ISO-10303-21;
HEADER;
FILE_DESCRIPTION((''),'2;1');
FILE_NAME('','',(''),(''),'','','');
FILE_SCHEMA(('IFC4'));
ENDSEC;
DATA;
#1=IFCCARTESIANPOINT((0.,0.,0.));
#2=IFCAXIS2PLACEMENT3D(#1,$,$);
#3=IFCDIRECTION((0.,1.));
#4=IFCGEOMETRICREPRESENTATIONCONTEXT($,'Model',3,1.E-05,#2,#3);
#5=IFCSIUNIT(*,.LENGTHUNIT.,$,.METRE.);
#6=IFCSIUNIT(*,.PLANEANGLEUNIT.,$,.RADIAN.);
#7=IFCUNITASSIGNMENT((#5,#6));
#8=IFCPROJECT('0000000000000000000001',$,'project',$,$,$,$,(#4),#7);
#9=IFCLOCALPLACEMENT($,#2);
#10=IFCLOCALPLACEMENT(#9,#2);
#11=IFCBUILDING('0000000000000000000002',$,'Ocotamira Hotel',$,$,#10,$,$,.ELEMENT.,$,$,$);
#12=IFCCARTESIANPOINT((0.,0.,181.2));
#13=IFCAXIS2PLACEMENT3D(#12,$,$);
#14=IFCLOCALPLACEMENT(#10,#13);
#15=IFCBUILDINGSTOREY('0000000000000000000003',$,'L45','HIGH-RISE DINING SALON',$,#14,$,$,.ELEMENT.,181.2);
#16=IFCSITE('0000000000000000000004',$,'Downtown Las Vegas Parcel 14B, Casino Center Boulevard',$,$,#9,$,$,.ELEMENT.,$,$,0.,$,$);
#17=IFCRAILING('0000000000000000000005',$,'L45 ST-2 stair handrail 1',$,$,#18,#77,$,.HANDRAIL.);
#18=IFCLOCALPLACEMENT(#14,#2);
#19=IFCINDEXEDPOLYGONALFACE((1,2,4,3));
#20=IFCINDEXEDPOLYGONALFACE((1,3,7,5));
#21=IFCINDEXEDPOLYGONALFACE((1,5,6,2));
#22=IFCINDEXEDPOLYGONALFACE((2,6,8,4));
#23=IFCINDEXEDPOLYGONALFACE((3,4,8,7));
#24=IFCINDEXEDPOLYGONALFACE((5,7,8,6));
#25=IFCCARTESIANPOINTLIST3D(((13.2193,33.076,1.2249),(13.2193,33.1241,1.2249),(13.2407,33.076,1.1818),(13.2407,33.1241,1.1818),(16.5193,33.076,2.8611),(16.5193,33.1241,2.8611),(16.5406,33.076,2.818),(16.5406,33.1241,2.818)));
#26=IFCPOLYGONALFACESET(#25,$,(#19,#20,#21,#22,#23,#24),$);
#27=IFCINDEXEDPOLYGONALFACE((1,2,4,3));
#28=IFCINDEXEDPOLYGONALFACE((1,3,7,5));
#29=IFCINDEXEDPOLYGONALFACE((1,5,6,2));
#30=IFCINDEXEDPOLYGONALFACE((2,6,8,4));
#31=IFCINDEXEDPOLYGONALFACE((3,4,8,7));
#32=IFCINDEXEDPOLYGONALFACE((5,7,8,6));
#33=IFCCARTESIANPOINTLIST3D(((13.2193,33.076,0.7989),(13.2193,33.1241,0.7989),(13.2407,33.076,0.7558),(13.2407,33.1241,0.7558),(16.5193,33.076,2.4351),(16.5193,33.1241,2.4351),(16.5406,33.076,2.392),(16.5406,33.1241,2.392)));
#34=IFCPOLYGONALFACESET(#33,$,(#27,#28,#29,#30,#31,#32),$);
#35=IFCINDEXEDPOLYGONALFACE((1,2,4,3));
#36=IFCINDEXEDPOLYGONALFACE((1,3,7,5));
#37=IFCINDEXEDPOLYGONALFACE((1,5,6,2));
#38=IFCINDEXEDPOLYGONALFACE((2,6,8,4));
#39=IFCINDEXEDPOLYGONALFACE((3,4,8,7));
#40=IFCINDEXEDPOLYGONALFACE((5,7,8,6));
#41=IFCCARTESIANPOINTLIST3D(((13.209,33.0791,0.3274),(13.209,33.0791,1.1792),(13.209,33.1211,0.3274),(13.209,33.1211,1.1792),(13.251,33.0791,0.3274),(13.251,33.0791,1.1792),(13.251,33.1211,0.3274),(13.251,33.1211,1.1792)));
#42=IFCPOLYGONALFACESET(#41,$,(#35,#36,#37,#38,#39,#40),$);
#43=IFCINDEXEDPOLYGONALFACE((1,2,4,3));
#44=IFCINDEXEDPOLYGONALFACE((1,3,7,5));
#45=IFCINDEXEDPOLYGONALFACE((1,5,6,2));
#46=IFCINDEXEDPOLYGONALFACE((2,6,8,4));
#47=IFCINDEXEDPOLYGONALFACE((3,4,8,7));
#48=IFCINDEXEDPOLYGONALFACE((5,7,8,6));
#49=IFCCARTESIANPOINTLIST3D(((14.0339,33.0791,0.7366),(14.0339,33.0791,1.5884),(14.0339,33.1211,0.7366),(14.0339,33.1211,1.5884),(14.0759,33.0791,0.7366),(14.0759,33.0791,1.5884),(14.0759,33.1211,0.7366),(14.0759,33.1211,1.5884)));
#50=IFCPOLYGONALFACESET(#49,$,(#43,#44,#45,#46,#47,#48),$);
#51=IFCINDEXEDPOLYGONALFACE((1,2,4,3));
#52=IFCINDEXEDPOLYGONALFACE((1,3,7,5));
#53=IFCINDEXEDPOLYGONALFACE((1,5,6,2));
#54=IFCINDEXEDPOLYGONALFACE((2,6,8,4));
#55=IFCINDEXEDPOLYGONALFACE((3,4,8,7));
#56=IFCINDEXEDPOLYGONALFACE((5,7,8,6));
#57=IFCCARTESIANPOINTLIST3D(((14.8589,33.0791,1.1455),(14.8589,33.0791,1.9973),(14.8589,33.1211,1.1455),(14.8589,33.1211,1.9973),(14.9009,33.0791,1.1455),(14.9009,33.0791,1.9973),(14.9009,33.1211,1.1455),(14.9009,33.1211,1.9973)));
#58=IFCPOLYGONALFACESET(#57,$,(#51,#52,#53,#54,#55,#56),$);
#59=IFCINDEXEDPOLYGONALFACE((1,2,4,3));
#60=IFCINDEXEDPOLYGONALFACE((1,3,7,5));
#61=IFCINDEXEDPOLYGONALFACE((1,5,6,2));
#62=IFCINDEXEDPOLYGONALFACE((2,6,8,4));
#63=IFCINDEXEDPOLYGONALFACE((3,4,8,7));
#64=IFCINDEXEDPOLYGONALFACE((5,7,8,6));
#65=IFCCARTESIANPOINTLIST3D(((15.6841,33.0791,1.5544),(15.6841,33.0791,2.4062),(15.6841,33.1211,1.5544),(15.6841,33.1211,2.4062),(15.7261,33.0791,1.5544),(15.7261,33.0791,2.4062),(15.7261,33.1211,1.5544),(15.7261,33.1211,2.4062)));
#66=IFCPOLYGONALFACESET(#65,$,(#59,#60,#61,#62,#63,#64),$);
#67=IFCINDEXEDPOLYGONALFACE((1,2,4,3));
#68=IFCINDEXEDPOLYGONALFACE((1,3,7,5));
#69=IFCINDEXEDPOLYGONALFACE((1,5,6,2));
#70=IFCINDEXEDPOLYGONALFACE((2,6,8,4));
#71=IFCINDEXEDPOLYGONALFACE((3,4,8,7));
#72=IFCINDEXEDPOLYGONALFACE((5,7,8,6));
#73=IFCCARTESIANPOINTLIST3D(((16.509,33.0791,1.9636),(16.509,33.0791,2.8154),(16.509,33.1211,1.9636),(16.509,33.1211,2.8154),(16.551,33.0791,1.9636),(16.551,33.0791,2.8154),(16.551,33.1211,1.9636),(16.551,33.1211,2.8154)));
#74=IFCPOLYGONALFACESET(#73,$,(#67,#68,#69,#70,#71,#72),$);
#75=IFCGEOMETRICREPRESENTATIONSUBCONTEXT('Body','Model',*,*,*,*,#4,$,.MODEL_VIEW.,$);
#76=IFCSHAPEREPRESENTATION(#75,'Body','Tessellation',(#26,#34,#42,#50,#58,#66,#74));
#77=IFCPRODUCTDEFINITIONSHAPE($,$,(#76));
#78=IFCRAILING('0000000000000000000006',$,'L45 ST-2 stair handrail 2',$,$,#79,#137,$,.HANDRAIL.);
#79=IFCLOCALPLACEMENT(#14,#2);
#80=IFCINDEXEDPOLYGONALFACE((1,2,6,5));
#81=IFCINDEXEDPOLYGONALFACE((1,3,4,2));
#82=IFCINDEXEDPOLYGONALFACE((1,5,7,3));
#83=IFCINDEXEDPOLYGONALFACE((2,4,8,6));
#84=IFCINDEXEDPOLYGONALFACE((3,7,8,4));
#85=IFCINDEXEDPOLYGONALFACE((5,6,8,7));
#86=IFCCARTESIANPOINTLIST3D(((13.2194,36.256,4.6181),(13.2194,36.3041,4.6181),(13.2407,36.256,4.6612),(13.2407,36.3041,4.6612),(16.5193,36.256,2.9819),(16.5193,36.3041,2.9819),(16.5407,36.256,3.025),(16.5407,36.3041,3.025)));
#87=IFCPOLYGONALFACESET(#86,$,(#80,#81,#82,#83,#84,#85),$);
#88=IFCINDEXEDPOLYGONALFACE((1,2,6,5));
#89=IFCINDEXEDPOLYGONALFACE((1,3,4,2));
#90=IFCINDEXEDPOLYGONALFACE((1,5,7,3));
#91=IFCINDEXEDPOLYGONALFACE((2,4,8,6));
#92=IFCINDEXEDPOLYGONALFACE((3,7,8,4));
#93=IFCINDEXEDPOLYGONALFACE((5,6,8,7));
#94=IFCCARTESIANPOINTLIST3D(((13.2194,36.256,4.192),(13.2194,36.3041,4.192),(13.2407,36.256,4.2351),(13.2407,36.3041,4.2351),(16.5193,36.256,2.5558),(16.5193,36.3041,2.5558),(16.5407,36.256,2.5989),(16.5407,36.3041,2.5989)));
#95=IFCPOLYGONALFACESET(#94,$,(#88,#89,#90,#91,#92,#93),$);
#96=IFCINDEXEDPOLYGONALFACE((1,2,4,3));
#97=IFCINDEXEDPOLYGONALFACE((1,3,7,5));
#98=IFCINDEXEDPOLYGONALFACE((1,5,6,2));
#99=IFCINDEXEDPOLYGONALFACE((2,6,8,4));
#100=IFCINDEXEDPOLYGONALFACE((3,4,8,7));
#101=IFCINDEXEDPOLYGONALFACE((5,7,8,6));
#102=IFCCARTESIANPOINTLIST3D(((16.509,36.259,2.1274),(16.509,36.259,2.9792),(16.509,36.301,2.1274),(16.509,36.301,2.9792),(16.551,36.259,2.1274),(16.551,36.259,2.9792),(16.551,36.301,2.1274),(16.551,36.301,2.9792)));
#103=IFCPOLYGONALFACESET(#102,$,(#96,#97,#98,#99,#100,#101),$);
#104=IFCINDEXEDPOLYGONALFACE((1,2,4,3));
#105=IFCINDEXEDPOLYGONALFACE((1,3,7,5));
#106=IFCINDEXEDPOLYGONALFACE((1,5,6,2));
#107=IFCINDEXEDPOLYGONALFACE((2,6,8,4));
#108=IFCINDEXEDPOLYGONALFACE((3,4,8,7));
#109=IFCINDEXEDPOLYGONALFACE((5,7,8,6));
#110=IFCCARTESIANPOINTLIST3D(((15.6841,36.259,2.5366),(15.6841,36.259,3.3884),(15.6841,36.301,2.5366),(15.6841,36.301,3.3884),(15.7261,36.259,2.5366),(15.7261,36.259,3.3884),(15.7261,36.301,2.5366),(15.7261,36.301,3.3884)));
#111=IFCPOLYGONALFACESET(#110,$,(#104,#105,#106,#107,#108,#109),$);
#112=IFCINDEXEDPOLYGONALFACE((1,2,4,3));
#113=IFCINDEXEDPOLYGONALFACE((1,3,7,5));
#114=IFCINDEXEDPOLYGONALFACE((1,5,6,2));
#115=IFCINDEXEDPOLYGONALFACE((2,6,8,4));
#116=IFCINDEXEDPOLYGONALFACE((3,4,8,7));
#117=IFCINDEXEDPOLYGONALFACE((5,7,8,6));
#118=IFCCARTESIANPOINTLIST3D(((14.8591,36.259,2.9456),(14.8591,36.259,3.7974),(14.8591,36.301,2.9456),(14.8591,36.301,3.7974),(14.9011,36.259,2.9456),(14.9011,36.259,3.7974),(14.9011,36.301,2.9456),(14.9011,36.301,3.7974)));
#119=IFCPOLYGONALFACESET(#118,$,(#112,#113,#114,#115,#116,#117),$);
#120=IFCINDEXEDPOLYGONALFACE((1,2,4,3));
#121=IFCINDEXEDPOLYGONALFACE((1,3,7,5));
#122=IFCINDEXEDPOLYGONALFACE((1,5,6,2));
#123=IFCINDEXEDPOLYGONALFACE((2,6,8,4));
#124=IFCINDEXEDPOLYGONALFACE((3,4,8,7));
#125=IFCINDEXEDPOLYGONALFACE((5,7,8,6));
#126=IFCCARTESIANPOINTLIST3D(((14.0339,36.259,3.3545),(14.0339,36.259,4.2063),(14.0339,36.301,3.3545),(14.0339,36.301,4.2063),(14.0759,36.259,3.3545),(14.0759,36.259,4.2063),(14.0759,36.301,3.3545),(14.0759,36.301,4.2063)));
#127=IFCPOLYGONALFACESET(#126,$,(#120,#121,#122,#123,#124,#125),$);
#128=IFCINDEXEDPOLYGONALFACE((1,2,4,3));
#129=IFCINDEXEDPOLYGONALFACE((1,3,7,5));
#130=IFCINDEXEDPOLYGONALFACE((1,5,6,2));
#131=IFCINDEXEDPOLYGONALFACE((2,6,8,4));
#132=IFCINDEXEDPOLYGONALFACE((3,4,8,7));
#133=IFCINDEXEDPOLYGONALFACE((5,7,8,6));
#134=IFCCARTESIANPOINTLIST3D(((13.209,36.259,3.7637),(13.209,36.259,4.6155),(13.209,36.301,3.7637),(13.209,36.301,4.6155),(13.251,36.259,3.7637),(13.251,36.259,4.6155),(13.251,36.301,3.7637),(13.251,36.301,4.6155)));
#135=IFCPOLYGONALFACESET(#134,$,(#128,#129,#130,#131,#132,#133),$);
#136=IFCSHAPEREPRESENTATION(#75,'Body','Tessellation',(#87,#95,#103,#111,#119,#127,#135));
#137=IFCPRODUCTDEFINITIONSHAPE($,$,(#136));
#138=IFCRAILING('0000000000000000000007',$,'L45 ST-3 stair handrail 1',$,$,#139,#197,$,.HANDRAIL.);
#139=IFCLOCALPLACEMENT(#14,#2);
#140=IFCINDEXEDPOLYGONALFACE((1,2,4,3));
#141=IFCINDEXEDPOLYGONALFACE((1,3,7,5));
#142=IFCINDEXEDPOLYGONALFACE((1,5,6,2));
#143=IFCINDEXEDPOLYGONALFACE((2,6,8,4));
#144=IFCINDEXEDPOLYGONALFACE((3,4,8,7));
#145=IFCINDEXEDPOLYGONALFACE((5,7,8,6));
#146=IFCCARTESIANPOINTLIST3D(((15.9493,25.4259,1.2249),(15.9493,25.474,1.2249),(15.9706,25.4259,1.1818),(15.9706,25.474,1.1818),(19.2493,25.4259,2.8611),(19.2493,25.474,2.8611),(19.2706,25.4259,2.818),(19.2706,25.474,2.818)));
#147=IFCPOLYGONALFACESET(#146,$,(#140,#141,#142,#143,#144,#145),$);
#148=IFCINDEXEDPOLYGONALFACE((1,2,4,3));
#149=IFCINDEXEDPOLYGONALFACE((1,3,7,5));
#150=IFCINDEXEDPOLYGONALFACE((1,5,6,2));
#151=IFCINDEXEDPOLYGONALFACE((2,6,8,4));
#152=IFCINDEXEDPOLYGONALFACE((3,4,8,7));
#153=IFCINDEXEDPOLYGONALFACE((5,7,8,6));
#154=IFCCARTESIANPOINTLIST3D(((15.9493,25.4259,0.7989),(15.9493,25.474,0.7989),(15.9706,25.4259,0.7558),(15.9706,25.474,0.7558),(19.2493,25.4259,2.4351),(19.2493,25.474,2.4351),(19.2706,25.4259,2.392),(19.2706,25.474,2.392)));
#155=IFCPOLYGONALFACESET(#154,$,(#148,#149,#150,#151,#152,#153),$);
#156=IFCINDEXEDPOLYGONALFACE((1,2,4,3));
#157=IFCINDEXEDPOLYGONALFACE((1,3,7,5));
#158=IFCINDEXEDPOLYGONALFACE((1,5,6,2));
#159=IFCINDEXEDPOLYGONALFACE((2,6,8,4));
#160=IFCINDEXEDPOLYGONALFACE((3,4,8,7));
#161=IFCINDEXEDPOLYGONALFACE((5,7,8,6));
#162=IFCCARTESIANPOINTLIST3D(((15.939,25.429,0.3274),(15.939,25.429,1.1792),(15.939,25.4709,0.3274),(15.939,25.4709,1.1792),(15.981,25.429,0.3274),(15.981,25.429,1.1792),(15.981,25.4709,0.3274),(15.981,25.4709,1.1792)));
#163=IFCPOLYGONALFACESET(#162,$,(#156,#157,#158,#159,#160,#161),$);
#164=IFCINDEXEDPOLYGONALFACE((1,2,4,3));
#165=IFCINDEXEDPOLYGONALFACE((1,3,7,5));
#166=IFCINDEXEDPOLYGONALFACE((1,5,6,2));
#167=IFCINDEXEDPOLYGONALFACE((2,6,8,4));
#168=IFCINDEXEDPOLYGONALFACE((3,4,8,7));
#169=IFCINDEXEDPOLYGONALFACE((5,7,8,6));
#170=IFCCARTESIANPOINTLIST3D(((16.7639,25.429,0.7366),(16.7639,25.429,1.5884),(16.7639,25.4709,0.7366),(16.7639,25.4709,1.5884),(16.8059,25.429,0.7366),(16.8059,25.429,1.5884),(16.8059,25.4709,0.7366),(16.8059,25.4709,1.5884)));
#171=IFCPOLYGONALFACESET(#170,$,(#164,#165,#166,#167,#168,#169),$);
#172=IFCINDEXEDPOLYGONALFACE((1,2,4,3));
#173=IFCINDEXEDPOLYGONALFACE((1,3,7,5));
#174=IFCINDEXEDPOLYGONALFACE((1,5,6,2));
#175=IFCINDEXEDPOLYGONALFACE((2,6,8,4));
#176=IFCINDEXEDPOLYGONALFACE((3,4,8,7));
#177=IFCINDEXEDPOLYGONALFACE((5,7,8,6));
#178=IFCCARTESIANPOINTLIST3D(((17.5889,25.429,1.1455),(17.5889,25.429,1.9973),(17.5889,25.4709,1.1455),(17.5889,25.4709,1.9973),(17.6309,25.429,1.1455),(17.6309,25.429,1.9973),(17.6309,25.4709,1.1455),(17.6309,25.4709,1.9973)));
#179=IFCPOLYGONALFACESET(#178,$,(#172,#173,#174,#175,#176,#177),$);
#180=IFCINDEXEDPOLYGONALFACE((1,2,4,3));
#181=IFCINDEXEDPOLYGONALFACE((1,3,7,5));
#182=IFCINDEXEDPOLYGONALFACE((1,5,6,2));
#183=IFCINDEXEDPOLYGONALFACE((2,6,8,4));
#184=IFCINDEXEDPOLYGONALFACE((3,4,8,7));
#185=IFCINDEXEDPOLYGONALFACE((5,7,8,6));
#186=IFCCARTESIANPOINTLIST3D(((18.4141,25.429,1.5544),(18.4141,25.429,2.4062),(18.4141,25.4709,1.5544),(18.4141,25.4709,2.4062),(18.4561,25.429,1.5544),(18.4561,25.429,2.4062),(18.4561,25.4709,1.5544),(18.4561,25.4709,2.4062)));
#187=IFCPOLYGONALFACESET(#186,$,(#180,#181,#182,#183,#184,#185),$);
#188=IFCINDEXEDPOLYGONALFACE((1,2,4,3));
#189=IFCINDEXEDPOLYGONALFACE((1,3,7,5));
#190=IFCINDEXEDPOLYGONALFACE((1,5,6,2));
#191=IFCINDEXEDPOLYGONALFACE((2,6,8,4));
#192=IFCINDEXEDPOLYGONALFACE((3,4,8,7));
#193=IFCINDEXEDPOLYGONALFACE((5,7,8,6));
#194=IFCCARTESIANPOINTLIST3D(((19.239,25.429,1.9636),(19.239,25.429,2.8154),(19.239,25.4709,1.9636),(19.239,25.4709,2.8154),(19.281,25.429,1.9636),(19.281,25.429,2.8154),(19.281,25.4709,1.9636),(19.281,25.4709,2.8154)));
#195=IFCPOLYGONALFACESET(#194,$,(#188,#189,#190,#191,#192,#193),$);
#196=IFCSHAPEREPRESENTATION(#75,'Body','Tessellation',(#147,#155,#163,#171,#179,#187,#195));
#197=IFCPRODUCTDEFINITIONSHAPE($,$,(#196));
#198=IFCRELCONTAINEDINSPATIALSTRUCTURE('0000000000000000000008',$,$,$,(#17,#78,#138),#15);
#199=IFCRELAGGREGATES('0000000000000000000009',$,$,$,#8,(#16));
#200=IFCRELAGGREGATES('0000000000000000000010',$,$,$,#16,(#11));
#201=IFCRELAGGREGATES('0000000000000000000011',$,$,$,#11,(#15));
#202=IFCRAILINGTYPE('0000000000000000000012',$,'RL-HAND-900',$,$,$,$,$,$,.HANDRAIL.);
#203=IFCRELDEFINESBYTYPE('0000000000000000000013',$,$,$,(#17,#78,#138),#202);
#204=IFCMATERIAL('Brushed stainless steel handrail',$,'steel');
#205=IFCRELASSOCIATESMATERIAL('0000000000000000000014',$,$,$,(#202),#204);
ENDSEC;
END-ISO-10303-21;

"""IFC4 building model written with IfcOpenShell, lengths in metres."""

from ifc_helpers import new_model, si_unit, direction, frame, origin, origin_2d, place, context, subcontext, project, spatial, rectangle, extrude, material, type_object, element, save


model = new_model("IFC4")

# Units and contexts
model_context = context("Model", 3, precision=1e-05, world=origin(), true_north=direction((0.0, 1.0)))
body_context = subcontext(model_context, "Body", "Model", "MODEL_VIEW")
ifc_project = project(units=[si_unit("LENGTHUNIT", "METRE"), si_unit("PLANEANGLEUNIT", "RADIAN")], contexts=[model_context])

# Site, building, storey
site_placement = place(None, origin())
site = spatial("IfcSite", under=ifc_project, at=site_placement, Name="Downtown Las Vegas Parcel 14B, Casino Center Boulevard", CompositionType="ELEMENT", RefElevation=0.0)
building_placement = place(site_placement, origin())
building = spatial("IfcBuilding", under=site, at=building_placement, Name="Ocotamira Hotel", CompositionType="ELEMENT")
storey_placement = place(building_placement, frame((0.0, 0.0, 181.2)))
storey = spatial("IfcBuildingStorey", under=building, at=storey_placement, Name="L45", Description="HIGH-RISE DINING SALON", CompositionType="ELEMENT", Elevation=181.2)

# Railings
ifc_material_1 = material(Name="Brushed stainless steel handrail", Category="steel")
railing_type_1 = type_object("IfcRailingType", Name="RL-HAND-900", PredefinedType="HANDRAIL", material=ifc_material_1)
railing_1_placement = place(storey_placement, frame((13.23, 33.1001, 0.3274)))
element("IfcRailing", 1, at=railing_1_placement, inside=storey, type_object=railing_type_1, Name="L45 ST-2 stair handrail 1", PredefinedType="HANDRAIL", context=body_context, shape_type="SweptSolid", body=[
    extrude(rectangle(XDim=0.0481, YDim=0.0481, at=origin_2d()), frame((0.0, 0.0, 0.876), z_axis=(0.89592, 0.0, 0.444215), x_axis=(0.0, 1.0, 0.0)), (0.0, 0.0, 1.0), 3.6833),
    extrude(rectangle(XDim=0.0481, YDim=0.0481, at=origin_2d()), frame((0.0, 0.0, 0.45), z_axis=(0.89592, 0.0, 0.444215), x_axis=(0.0, 1.0, 0.0)), (0.0, 0.0, 1.0), 3.6833),
    extrude(rectangle(XDim=0.042, YDim=0.042, at=origin_2d()), origin(), (0.0, 0.0, 1.0), 0.8518),
    extrude(rectangle(XDim=0.042, YDim=0.042, at=origin_2d()), frame((0.825, 0.0, 0.4092)), (0.0, 0.0, 1.0), 0.8518),
    extrude(rectangle(XDim=0.042, YDim=0.042, at=origin_2d()), frame((1.6499, 0.0, 0.8181)), (0.0, 0.0, 1.0), 0.8518),
    extrude(rectangle(XDim=0.042, YDim=0.042, at=origin_2d()), frame((2.4751, 0.0, 1.2271)), (0.0, 0.0, 1.0), 0.8518),
    extrude(rectangle(XDim=0.042, YDim=0.042, at=origin_2d()), frame((3.3, 0.0, 1.6362)), (0.0, 0.0, 1.0), 0.8518),
])
railing_2_placement = place(storey_placement, frame((16.53, 36.28, 2.1274)))
element("IfcRailing", 2, at=railing_2_placement, inside=storey, type_object=railing_type_1, Name="L45 ST-2 stair handrail 2", PredefinedType="HANDRAIL", context=body_context, shape_type="SweptSolid", body=[
    extrude(rectangle(XDim=0.0481, YDim=0.0481, at=origin_2d()), frame((0.0, 0.0, 0.876), z_axis=(-0.89592, 0.0, 0.444215), x_axis=(0.0, -1.0, 0.0)), (0.0, 0.0, 1.0), 3.6833),
    extrude(rectangle(XDim=0.0481, YDim=0.0481, at=origin_2d()), frame((0.0, 0.0, 0.45), z_axis=(-0.89592, 0.0, 0.444215), x_axis=(0.0, -1.0, 0.0)), (0.0, 0.0, 1.0), 3.6833),
    extrude(rectangle(XDim=0.042, YDim=0.042, at=origin_2d()), origin(), (0.0, 0.0, 1.0), 0.8518),
    extrude(rectangle(XDim=0.042, YDim=0.042, at=origin_2d()), frame((-0.825, 0.0, 0.4092)), (0.0, 0.0, 1.0), 0.8518),
    extrude(rectangle(XDim=0.042, YDim=0.042, at=origin_2d()), frame((-1.6499, 0.0, 0.8181)), (0.0, 0.0, 1.0), 0.8518),
    extrude(rectangle(XDim=0.042, YDim=0.042, at=origin_2d()), frame((-2.4751, 0.0, 1.2271)), (0.0, 0.0, 1.0), 0.8518),
    extrude(rectangle(XDim=0.042, YDim=0.042, at=origin_2d()), frame((-3.3, 0.0, 1.6362)), (0.0, 0.0, 1.0), 0.8518),
])
railing_3_placement = place(storey_placement, frame((15.96, 25.45, 0.3274)))
element("IfcRailing", 3, at=railing_3_placement, inside=storey, type_object=railing_type_1, Name="L45 ST-3 stair handrail 1", PredefinedType="HANDRAIL", context=body_context, shape_type="SweptSolid", body=[
    extrude(rectangle(XDim=0.0481, YDim=0.0481, at=origin_2d()), frame((0.0, 0.0, 0.876), z_axis=(0.89592, 0.0, 0.444215), x_axis=(0.0, 1.0, 0.0)), (0.0, 0.0, 1.0), 3.6833),
    extrude(rectangle(XDim=0.0481, YDim=0.0481, at=origin_2d()), frame((0.0, 0.0, 0.45), z_axis=(0.89592, 0.0, 0.444215), x_axis=(0.0, 1.0, 0.0)), (0.0, 0.0, 1.0), 3.6833),
    extrude(rectangle(XDim=0.042, YDim=0.042, at=origin_2d()), origin(), (0.0, 0.0, 1.0), 0.8518),
    extrude(rectangle(XDim=0.042, YDim=0.042, at=origin_2d()), frame((0.825, 0.0, 0.4092)), (0.0, 0.0, 1.0), 0.8518),
    extrude(rectangle(XDim=0.042, YDim=0.042, at=origin_2d()), frame((1.6499, 0.0, 0.8181)), (0.0, 0.0, 1.0), 0.8518),
    extrude(rectangle(XDim=0.042, YDim=0.042, at=origin_2d()), frame((2.4751, 0.0, 1.2271)), (0.0, 0.0, 1.0), 0.8518),
    extrude(rectangle(XDim=0.042, YDim=0.042, at=origin_2d()), frame((3.3, 0.0, 1.6362)), (0.0, 0.0, 1.0), 0.8518),
])

save(model, "model.ifc")
